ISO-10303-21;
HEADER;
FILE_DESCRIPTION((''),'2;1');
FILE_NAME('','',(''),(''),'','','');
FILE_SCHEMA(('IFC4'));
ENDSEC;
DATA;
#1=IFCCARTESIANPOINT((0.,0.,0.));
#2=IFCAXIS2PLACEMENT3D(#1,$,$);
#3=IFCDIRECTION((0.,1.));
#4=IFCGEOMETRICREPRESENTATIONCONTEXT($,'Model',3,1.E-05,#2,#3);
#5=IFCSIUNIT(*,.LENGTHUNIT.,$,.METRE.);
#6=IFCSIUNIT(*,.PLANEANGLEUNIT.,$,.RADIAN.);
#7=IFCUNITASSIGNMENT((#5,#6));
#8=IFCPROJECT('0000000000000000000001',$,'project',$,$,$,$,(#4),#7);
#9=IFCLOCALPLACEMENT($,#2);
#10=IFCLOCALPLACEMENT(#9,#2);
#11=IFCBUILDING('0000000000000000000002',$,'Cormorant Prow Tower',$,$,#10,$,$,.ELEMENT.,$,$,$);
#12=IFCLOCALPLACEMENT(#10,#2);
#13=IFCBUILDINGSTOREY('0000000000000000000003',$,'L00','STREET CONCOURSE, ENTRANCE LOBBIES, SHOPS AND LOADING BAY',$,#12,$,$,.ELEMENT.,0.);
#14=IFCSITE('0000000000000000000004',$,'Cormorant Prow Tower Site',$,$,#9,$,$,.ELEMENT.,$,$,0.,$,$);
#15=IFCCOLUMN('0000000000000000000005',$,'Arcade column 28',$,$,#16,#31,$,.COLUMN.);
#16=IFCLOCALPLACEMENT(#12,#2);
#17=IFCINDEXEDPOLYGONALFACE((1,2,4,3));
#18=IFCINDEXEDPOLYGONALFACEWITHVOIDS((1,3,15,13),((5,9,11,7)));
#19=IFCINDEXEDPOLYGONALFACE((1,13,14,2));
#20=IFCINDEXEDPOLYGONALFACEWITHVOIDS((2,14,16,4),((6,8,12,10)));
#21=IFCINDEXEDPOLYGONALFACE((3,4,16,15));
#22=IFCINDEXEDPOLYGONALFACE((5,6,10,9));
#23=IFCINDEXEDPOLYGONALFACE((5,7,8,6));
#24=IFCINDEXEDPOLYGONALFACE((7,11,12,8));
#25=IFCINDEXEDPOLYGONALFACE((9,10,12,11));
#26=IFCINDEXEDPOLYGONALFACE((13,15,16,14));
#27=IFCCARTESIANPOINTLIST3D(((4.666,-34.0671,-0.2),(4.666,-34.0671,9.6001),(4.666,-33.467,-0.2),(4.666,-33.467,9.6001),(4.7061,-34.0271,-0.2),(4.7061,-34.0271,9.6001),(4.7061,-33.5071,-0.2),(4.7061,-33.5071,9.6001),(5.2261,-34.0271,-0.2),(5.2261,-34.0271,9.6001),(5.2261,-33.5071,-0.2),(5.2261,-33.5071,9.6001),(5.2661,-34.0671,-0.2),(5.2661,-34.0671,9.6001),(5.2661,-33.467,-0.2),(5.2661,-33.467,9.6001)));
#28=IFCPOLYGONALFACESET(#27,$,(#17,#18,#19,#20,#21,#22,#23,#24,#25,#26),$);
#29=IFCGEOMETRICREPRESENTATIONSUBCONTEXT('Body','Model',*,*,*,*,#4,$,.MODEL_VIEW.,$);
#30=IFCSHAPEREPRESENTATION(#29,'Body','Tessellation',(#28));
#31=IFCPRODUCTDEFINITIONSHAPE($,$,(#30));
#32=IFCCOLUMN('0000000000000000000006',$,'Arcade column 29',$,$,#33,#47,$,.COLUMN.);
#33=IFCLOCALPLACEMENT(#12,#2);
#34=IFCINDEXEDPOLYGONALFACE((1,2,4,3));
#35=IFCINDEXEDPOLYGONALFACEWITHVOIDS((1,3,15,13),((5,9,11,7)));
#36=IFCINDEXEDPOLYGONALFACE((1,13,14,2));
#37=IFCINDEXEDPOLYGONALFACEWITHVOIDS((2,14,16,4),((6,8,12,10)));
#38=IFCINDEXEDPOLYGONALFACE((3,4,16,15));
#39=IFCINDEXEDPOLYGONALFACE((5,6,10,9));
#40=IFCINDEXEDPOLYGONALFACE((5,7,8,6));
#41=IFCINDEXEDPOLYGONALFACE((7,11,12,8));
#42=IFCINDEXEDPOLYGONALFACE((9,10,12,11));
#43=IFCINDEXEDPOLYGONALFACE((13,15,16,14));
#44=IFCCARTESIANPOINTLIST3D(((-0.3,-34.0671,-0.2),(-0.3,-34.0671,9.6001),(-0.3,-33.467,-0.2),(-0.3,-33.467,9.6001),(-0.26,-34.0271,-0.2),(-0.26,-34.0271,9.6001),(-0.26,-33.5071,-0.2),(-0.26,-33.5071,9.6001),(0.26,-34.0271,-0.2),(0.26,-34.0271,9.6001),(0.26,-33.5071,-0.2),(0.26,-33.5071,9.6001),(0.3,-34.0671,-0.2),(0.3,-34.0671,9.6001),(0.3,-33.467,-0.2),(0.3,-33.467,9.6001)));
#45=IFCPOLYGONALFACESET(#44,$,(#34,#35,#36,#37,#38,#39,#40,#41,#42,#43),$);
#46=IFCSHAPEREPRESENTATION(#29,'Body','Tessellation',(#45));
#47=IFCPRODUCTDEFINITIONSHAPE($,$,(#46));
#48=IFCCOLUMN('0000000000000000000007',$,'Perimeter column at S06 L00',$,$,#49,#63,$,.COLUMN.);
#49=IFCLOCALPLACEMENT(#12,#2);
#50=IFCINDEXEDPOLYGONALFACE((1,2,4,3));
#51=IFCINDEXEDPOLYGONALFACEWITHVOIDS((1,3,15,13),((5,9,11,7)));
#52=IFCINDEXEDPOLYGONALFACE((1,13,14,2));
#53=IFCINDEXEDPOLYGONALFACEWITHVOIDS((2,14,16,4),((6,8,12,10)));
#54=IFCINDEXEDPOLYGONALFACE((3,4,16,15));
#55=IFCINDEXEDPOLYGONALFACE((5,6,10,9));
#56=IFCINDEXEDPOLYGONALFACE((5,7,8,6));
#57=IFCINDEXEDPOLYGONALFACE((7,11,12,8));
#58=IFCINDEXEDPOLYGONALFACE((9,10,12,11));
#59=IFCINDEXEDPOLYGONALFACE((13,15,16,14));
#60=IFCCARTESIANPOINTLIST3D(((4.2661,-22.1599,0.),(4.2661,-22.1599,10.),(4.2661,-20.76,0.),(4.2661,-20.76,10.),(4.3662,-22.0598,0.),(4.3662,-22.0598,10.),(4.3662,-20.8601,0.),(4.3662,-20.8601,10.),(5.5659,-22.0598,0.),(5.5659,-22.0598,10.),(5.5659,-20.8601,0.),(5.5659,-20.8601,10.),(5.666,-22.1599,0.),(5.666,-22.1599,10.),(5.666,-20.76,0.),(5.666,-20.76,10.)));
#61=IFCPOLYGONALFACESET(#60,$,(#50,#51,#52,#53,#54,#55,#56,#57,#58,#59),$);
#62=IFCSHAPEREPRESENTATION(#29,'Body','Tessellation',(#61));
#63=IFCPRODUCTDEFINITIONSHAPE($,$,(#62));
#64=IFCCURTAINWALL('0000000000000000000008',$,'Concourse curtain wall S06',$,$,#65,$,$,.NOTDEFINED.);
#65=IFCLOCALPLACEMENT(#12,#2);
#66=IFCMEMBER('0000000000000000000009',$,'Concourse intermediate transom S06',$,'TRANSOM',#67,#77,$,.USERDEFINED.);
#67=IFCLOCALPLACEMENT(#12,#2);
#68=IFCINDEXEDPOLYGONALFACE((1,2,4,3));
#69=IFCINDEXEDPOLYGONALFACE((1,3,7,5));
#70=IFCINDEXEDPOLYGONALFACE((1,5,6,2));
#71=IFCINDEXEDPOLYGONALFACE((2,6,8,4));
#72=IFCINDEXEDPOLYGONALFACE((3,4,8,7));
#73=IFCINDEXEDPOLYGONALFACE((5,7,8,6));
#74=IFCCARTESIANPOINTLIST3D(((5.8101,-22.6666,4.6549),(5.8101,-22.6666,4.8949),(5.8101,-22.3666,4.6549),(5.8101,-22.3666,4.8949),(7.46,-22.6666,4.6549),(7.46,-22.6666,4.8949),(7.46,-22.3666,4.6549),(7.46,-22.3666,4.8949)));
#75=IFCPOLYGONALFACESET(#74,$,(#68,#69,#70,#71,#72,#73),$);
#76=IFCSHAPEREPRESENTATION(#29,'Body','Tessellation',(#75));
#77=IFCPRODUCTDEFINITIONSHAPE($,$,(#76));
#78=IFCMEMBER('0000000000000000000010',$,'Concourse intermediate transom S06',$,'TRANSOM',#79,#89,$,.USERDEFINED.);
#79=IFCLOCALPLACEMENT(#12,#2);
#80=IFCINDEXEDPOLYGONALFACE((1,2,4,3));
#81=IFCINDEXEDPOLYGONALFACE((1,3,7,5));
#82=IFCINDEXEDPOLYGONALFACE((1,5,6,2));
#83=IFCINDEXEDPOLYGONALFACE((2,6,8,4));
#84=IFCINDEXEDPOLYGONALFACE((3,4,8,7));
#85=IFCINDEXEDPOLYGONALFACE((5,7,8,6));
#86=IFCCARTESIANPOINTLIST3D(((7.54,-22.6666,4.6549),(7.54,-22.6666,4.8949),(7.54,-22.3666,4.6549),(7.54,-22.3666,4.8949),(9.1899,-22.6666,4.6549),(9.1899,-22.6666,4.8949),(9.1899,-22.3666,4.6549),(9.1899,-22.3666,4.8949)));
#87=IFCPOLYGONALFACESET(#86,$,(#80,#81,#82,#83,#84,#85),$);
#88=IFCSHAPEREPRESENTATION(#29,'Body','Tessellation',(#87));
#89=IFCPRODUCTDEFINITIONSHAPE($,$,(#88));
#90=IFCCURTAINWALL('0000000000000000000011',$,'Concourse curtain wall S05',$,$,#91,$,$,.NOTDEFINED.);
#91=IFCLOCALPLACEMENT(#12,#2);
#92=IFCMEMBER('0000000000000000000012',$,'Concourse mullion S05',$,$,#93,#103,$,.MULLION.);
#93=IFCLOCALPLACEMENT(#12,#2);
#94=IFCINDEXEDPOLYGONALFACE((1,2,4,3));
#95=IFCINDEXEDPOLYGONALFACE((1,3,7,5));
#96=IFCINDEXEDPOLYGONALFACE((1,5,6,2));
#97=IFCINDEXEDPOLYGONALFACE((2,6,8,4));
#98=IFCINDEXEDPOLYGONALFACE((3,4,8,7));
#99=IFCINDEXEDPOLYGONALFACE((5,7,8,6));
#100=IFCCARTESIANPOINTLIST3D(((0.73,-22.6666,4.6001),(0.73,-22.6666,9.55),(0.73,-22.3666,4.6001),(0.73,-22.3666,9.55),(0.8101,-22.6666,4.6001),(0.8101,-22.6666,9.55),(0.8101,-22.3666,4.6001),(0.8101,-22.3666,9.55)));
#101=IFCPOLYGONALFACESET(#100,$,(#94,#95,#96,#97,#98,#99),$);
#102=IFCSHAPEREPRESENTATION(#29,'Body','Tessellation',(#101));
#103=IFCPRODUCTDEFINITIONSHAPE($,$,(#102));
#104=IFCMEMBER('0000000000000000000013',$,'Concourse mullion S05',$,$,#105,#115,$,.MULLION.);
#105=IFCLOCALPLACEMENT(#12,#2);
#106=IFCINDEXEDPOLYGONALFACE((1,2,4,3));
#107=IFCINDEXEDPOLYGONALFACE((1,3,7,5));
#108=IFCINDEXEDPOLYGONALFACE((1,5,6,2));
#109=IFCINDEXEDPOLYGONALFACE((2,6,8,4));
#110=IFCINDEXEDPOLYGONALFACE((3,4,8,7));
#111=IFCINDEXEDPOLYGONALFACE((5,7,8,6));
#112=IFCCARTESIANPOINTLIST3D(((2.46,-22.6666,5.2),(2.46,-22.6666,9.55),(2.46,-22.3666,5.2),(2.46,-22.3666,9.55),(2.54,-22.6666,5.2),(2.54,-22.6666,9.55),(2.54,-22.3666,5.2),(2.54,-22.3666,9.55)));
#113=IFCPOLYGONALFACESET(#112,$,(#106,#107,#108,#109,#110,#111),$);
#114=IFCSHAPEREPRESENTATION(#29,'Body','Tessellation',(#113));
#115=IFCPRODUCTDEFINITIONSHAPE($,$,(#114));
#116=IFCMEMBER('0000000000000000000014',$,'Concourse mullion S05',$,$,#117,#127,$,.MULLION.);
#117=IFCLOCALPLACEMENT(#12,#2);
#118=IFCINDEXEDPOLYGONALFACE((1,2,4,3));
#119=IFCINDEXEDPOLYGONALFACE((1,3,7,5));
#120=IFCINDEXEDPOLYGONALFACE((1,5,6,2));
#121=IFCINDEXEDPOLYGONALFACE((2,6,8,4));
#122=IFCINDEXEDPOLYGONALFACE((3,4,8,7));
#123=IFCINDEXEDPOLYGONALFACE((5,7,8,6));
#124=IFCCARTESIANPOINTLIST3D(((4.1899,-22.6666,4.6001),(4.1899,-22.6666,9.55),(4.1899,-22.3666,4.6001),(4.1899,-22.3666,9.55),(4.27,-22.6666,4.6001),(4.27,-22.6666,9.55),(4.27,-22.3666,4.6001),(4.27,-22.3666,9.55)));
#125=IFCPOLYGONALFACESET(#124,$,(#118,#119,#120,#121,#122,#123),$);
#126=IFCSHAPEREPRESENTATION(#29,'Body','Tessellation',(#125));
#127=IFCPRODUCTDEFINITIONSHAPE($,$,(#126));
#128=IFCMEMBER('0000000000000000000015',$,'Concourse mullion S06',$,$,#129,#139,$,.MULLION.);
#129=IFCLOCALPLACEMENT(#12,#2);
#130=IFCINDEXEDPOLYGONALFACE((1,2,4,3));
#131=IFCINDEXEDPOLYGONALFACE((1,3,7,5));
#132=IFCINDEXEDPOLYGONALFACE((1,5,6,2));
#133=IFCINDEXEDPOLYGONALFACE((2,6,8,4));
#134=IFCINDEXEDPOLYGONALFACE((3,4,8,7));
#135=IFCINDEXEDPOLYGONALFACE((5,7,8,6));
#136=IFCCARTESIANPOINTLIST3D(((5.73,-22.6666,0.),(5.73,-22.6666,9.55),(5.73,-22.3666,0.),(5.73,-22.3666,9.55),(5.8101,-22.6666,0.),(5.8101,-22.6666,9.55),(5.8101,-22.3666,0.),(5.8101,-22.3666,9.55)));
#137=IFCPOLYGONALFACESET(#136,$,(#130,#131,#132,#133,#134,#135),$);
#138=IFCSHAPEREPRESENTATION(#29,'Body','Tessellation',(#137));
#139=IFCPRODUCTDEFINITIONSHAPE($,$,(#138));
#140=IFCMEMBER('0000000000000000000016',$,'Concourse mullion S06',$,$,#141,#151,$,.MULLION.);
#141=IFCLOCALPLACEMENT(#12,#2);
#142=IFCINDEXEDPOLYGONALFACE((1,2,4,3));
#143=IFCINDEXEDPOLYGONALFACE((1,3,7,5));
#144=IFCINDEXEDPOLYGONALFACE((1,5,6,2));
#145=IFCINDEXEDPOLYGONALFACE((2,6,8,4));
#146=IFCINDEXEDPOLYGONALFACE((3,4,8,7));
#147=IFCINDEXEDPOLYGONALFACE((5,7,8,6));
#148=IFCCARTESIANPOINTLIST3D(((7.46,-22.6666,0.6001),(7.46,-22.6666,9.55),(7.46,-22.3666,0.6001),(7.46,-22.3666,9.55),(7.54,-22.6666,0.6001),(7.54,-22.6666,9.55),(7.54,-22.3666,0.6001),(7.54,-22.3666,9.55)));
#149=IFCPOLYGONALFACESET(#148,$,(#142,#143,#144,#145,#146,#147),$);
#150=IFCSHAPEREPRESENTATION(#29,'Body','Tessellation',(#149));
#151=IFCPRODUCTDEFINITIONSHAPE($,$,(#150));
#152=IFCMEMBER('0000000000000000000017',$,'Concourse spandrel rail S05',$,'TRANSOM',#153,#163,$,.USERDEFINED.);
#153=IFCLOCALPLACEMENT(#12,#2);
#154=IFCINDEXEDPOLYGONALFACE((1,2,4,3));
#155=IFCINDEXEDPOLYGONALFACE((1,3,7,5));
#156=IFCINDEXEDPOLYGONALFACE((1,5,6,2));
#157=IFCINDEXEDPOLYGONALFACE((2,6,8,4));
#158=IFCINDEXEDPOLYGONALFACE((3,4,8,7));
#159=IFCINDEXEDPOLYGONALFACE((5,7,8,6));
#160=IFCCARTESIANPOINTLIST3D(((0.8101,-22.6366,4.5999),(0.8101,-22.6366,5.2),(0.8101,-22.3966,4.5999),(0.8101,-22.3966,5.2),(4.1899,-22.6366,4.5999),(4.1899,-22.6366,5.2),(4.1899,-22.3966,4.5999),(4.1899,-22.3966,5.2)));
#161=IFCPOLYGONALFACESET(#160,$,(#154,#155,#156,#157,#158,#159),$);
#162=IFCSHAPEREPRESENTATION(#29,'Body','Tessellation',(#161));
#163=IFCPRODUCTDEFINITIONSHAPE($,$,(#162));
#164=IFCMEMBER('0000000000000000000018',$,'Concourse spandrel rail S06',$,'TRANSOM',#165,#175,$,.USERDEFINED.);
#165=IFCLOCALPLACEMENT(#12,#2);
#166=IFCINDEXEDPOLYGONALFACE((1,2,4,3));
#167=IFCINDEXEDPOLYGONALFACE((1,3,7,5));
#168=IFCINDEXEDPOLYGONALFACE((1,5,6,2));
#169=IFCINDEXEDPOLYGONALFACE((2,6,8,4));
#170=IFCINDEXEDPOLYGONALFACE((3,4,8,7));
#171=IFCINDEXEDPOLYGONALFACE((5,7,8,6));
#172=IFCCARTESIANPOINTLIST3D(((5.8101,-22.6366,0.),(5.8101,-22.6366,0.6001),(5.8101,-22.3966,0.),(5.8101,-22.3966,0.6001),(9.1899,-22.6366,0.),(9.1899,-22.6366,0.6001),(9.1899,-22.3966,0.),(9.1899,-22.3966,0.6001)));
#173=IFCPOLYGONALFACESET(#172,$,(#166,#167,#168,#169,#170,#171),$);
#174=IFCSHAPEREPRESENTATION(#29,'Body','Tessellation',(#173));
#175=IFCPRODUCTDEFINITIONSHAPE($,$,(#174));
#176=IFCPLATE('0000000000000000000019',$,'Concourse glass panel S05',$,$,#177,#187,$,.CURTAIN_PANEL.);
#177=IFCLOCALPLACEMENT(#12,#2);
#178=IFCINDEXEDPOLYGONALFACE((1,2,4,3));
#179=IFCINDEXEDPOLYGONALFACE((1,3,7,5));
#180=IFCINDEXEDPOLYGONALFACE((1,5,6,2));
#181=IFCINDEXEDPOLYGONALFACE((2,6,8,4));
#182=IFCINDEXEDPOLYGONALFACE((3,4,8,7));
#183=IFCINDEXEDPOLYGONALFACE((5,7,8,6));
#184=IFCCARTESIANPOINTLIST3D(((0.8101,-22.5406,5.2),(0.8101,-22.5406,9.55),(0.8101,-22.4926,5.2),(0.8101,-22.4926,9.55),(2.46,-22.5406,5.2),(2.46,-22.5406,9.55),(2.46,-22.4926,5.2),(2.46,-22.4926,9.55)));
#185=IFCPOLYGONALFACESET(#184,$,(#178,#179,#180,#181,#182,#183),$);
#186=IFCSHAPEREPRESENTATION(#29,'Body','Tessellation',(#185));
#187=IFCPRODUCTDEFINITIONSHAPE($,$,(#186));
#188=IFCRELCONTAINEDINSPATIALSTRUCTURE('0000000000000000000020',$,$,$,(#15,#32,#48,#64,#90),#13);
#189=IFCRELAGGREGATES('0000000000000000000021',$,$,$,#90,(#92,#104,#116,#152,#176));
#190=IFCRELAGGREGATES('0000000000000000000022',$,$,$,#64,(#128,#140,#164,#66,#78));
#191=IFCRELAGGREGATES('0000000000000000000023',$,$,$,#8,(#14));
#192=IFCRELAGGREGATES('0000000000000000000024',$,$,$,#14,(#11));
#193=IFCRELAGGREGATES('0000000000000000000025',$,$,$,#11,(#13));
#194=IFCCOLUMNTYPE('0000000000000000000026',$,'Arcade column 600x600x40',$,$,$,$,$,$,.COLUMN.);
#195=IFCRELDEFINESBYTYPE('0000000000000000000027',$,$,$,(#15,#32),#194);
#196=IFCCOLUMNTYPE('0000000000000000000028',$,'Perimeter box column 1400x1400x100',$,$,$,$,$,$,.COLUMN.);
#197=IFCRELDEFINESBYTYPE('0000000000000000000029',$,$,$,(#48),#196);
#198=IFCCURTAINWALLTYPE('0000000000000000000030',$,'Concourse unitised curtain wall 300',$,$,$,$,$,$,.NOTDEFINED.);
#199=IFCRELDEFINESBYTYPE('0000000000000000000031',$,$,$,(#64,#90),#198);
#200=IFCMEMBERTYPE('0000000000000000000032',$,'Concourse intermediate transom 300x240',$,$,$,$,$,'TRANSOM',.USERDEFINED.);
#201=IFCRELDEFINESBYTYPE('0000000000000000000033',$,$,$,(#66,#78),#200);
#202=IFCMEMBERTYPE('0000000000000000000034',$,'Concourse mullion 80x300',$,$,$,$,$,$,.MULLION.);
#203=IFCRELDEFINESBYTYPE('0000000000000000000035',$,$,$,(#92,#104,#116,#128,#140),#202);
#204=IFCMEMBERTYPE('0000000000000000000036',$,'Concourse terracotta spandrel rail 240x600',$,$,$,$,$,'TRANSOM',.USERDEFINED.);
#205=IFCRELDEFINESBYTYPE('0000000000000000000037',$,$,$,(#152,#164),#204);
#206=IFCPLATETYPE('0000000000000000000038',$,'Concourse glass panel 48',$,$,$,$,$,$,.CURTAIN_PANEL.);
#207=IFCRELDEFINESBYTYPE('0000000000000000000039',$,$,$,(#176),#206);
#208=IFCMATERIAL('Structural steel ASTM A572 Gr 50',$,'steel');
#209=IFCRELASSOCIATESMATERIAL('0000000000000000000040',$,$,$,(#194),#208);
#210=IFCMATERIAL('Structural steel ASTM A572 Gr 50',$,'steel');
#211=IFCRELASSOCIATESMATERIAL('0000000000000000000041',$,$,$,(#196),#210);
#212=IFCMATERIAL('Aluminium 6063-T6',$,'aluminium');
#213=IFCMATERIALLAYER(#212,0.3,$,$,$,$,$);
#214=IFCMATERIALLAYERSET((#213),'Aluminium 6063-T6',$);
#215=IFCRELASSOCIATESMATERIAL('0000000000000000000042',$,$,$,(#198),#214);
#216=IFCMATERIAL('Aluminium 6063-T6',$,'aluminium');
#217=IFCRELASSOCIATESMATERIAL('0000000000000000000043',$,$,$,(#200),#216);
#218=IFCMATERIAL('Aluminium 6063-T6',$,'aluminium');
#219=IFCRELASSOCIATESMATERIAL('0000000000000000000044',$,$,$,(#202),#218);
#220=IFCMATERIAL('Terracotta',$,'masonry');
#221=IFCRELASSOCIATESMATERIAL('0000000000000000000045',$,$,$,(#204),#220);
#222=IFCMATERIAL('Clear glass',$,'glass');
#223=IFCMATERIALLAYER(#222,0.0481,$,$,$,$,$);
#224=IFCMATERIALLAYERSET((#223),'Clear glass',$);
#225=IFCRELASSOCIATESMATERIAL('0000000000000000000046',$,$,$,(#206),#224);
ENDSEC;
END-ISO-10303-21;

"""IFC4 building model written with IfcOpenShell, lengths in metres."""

from ifc_helpers import new_model, si_unit, direction, frame, origin, origin_2d, place, context, subcontext, project, spatial, rectangle, hollow_rectangle, extrude, material, layer, layer_set, material_profile, profile_set, type_object, element, aggregate, save


model = new_model("IFC4")

# Units and contexts
model_context = context("Model", 3, precision=1e-05, world=origin(), true_north=direction((0.0, 1.0)))
body_context = subcontext(model_context, "Body", "Model", "MODEL_VIEW")
ifc_project = project(units=[si_unit("LENGTHUNIT", "METRE"), si_unit("PLANEANGLEUNIT", "RADIAN")], contexts=[model_context])

# Site, building, storey
site_placement = place(None, origin())
site = spatial("IfcSite", under=ifc_project, at=site_placement, Name="Cormorant Prow Tower Site", CompositionType="ELEMENT", RefElevation=0.0)
building_placement = place(site_placement, origin())
building = spatial("IfcBuilding", under=site, at=building_placement, Name="Cormorant Prow Tower", CompositionType="ELEMENT")
storey_placement = place(building_placement, origin())
storey = spatial("IfcBuildingStorey", under=building, at=storey_placement, Name="L00", Description="STREET CONCOURSE, ENTRANCE LOBBIES, SHOPS AND LOADING BAY", CompositionType="ELEMENT", Elevation=0.0)

# Columns
ifc_material_1 = material(Name="Structural steel ASTM A572 Gr 50", Category="steel")
ifc_material_profile_1 = material_profile(ifc_material_1, hollow_rectangle(XDim=0.6001, YDim=0.6001, WallThickness=0.04, at=origin_2d()), Name="Box 600x600x40")
ifc_profile_set_1 = profile_set([ifc_material_profile_1], Name="Structural steel ASTM A572 Gr 50")
column_type_1 = type_object("IfcColumnType", Name="Arcade column 600x600x40", PredefinedType="COLUMN", material=ifc_profile_set_1)
for number, where, z_axis, x_axis, name in (
    (1, (4.9661, -33.7671, -0.2), (0.0, 0.0, 1.0), (1.0, 0.0, 0.0), "Arcade column 28"),
    (2, (0.0, -33.7671, -0.2), (0.0, 0.0, 1.0), (1.0, 0.0, 0.0), "Arcade column 29"),
):
    element("IfcColumn", number, at=place(storey_placement, frame(where, z_axis=z_axis, x_axis=x_axis)), inside=storey, type_object=column_type_1, Name=name, PredefinedType="COLUMN", context=body_context, shape_type="SweptSolid", body=[
        extrude(hollow_rectangle(XDim=0.6001, YDim=0.6001, WallThickness=0.04, at=origin_2d()), origin(), (0.0, 0.0, 1.0), 9.8),
    ])
ifc_material_2 = material(Name="Structural steel ASTM A572 Gr 50", Category="steel")
ifc_material_profile_2 = material_profile(ifc_material_2, hollow_rectangle(XDim=1.3999, YDim=1.3999, WallThickness=0.1001, at=origin_2d()), Name="Box 1400x1400x100")
ifc_profile_set_2 = profile_set([ifc_material_profile_2], Name="Structural steel ASTM A572 Gr 50")
column_type_2 = type_object("IfcColumnType", Name="Perimeter box column 1400x1400x100", PredefinedType="COLUMN", material=ifc_profile_set_2)
column_placement = place(storey_placement, frame((4.9661, -21.46, 0.0), z_axis=(0.0, 0.0, 1.0), x_axis=(1.0, 0.0, 0.0)))
element("IfcColumn", 3, at=column_placement, inside=storey, type_object=column_type_2, Name="Perimeter column at S06 L00", PredefinedType="COLUMN", context=body_context, shape_type="SweptSolid", body=[
    extrude(hollow_rectangle(XDim=1.3999, YDim=1.3999, WallThickness=0.1001, at=origin_2d()), origin(), (0.0, 0.0, 1.0), 10.0),
])

# Curtain walls, members
ifc_material_3 = material(Name="Aluminium 6063-T6", Category="aluminium")
ifc_layer_1 = layer(ifc_material_3, 0.3)
ifc_layer_set_1 = layer_set([ifc_layer_1], Name="Aluminium 6063-T6")
curtain_wall_type = type_object("IfcCurtainWallType", Name="Concourse unitised curtain wall 300", PredefinedType="NOTDEFINED", material=ifc_layer_set_1)
curtain_wall_1_placement = place(storey_placement, origin())
curtain_wall_1 = element("IfcCurtainWall", 4, at=curtain_wall_1_placement, inside=storey, type_object=curtain_wall_type, Name="Concourse curtain wall S06", PredefinedType="NOTDEFINED")
ifc_material_4 = material(Name="Aluminium 6063-T6", Category="aluminium")
ifc_material_profile_3 = material_profile(ifc_material_4, rectangle(XDim=0.3, YDim=0.24, at=origin_2d()), Name="Concourse intermediate transom 300x240")
ifc_profile_set_3 = profile_set([ifc_material_profile_3], Name="Aluminium 6063-T6")
member_type_1 = type_object("IfcMemberType", Name="Concourse intermediate transom 300x240", ElementType="TRANSOM", PredefinedType="USERDEFINED", material=ifc_profile_set_3)
member_1_placement = place(storey_placement, frame((5.8101, -22.5166, 4.7749), z_axis=(1.0, 0.0, 0.0), x_axis=(0.0, 1.0, 0.0)))
member_1 = element("IfcMember", 5, at=member_1_placement, type_object=member_type_1, Name="Concourse intermediate transom S06", ObjectType="TRANSOM", PredefinedType="USERDEFINED", context=body_context, shape_type="SweptSolid", body=[
    extrude(rectangle(XDim=0.3, YDim=0.24, at=origin_2d()), origin(), (0.0, 0.0, 1.0), 1.6499),
])
member_2_placement = place(storey_placement, frame((7.54, -22.5166, 4.7749), z_axis=(1.0, 0.0, 0.0), x_axis=(0.0, 1.0, 0.0)))
member_2 = element("IfcMember", 6, at=member_2_placement, type_object=member_type_1, Name="Concourse intermediate transom S06", ObjectType="TRANSOM", PredefinedType="USERDEFINED", context=body_context, shape_type="SweptSolid", body=[
    extrude(rectangle(XDim=0.3, YDim=0.24, at=origin_2d()), origin(), (0.0, 0.0, 1.0), 1.6499),
])
curtain_wall_2_placement = place(storey_placement, origin())
curtain_wall_2 = element("IfcCurtainWall", 7, at=curtain_wall_2_placement, inside=storey, type_object=curtain_wall_type, Name="Concourse curtain wall S05", PredefinedType="NOTDEFINED")
ifc_material_5 = material(Name="Aluminium 6063-T6", Category="aluminium")
ifc_material_profile_4 = material_profile(ifc_material_5, rectangle(XDim=0.3, YDim=0.0801, at=origin_2d()), Name="Concourse mullion 80x300")
ifc_profile_set_4 = profile_set([ifc_material_profile_4], Name="Aluminium 6063-T6")
member_type_2 = type_object("IfcMemberType", Name="Concourse mullion 80x300", PredefinedType="MULLION", material=ifc_profile_set_4)
member_3_placement = place(storey_placement, frame((0.77, -22.5166, 4.6001), z_axis=(0.0, 0.0, 1.0), x_axis=(0.0, 1.0, 0.0)))
member_3 = element("IfcMember", 8, at=member_3_placement, type_object=member_type_2, Name="Concourse mullion S05", PredefinedType="MULLION", context=body_context, shape_type="SweptSolid", body=[
    extrude(rectangle(XDim=0.3, YDim=0.0801, at=origin_2d()), origin(), (0.0, 0.0, 1.0), 4.95),
])
member_4_placement = place(storey_placement, frame((2.5, -22.5166, 5.2), z_axis=(0.0, 0.0, 1.0), x_axis=(0.0, 1.0, 0.0)))
member_4 = element("IfcMember", 9, at=member_4_placement, type_object=member_type_2, Name="Concourse mullion S05", PredefinedType="MULLION", context=body_context, shape_type="SweptSolid", body=[
    extrude(rectangle(XDim=0.3, YDim=0.0801, at=origin_2d()), origin(), (0.0, 0.0, 1.0), 4.3501),
])
member_5_placement = place(storey_placement, frame((4.23, -22.5166, 4.6001), z_axis=(0.0, 0.0, 1.0), x_axis=(0.0, 1.0, 0.0)))
member_5 = element("IfcMember", 10, at=member_5_placement, type_object=member_type_2, Name="Concourse mullion S05", PredefinedType="MULLION", context=body_context, shape_type="SweptSolid", body=[
    extrude(rectangle(XDim=0.3, YDim=0.0801, at=origin_2d()), origin(), (0.0, 0.0, 1.0), 4.95),
])

# Members
member_6_placement = place(storey_placement, frame((5.77, -22.5166, 0.0), z_axis=(0.0, 0.0, 1.0), x_axis=(0.0, 1.0, 0.0)))
member_6 = element("IfcMember", 11, at=member_6_placement, type_object=member_type_2, Name="Concourse mullion S06", PredefinedType="MULLION", context=body_context, shape_type="SweptSolid", body=[
    extrude(rectangle(XDim=0.3, YDim=0.0801, at=origin_2d()), origin(), (0.0, 0.0, 1.0), 9.55),
])
member_7_placement = place(storey_placement, frame((7.5, -22.5166, 0.6001), z_axis=(0.0, 0.0, 1.0), x_axis=(0.0, 1.0, 0.0)))
member_7 = element("IfcMember", 12, at=member_7_placement, type_object=member_type_2, Name="Concourse mullion S06", PredefinedType="MULLION", context=body_context, shape_type="SweptSolid", body=[
    extrude(rectangle(XDim=0.3, YDim=0.0801, at=origin_2d()), origin(), (0.0, 0.0, 1.0), 8.95),
])
ifc_material_6 = material(Name="Terracotta", Category="masonry")
ifc_material_profile_5 = material_profile(ifc_material_6, rectangle(XDim=0.24, YDim=0.6001, at=origin_2d()), Name="Concourse terracotta spandrel rail 240x600")
ifc_profile_set_5 = profile_set([ifc_material_profile_5], Name="Terracotta")
member_type_3 = type_object("IfcMemberType", Name="Concourse terracotta spandrel rail 240x600", ElementType="TRANSOM", PredefinedType="USERDEFINED", material=ifc_profile_set_5)
member_8_placement = place(storey_placement, frame((0.8101, -22.5166, 4.8999), z_axis=(1.0, 0.0, 0.0), x_axis=(0.0, 1.0, 0.0)))
member_8 = element("IfcMember", 13, at=member_8_placement, type_object=member_type_3, Name="Concourse spandrel rail S05", ObjectType="TRANSOM", PredefinedType="USERDEFINED", context=body_context, shape_type="SweptSolid", body=[
    extrude(rectangle(XDim=0.24, YDim=0.6001, at=origin_2d()), origin(), (0.0, 0.0, 1.0), 3.3799),
])
member_9_placement = place(storey_placement, frame((5.8101, -22.5166, 0.3), z_axis=(1.0, 0.0, 0.0), x_axis=(0.0, 1.0, 0.0)))
member_9 = element("IfcMember", 14, at=member_9_placement, type_object=member_type_3, Name="Concourse spandrel rail S06", ObjectType="TRANSOM", PredefinedType="USERDEFINED", context=body_context, shape_type="SweptSolid", body=[
    extrude(rectangle(XDim=0.24, YDim=0.6001, at=origin_2d()), origin(), (0.0, 0.0, 1.0), 3.3799),
])

# Plate
ifc_material_7 = material(Name="Clear glass", Category="glass")
ifc_layer_2 = layer(ifc_material_7, 0.0481)
ifc_layer_set_2 = layer_set([ifc_layer_2], Name="Clear glass")
plate_type = type_object("IfcPlateType", Name="Concourse glass panel 48", PredefinedType="CURTAIN_PANEL", material=ifc_layer_set_2)
plate_1_placement = place(storey_placement, frame((1.635, -22.5166, 5.2), z_axis=(0.0, 0.0, 1.0), x_axis=(1.0, 0.0, 0.0)))
plate_1 = element("IfcPlate", 15, at=plate_1_placement, type_object=plate_type, Name="Concourse glass panel S05", PredefinedType="CURTAIN_PANEL", context=body_context, shape_type="SweptSolid", body=[
    extrude(rectangle(XDim=1.6499, YDim=0.0481, at=origin_2d()), origin(), (0.0, 0.0, 1.0), 4.3501),
])
aggregate(curtain_wall_2, [member_3, member_4, member_5, member_8, plate_1])
aggregate(curtain_wall_1, [member_6, member_7, member_9, member_1, member_2])

save(model, "model.ifc")
